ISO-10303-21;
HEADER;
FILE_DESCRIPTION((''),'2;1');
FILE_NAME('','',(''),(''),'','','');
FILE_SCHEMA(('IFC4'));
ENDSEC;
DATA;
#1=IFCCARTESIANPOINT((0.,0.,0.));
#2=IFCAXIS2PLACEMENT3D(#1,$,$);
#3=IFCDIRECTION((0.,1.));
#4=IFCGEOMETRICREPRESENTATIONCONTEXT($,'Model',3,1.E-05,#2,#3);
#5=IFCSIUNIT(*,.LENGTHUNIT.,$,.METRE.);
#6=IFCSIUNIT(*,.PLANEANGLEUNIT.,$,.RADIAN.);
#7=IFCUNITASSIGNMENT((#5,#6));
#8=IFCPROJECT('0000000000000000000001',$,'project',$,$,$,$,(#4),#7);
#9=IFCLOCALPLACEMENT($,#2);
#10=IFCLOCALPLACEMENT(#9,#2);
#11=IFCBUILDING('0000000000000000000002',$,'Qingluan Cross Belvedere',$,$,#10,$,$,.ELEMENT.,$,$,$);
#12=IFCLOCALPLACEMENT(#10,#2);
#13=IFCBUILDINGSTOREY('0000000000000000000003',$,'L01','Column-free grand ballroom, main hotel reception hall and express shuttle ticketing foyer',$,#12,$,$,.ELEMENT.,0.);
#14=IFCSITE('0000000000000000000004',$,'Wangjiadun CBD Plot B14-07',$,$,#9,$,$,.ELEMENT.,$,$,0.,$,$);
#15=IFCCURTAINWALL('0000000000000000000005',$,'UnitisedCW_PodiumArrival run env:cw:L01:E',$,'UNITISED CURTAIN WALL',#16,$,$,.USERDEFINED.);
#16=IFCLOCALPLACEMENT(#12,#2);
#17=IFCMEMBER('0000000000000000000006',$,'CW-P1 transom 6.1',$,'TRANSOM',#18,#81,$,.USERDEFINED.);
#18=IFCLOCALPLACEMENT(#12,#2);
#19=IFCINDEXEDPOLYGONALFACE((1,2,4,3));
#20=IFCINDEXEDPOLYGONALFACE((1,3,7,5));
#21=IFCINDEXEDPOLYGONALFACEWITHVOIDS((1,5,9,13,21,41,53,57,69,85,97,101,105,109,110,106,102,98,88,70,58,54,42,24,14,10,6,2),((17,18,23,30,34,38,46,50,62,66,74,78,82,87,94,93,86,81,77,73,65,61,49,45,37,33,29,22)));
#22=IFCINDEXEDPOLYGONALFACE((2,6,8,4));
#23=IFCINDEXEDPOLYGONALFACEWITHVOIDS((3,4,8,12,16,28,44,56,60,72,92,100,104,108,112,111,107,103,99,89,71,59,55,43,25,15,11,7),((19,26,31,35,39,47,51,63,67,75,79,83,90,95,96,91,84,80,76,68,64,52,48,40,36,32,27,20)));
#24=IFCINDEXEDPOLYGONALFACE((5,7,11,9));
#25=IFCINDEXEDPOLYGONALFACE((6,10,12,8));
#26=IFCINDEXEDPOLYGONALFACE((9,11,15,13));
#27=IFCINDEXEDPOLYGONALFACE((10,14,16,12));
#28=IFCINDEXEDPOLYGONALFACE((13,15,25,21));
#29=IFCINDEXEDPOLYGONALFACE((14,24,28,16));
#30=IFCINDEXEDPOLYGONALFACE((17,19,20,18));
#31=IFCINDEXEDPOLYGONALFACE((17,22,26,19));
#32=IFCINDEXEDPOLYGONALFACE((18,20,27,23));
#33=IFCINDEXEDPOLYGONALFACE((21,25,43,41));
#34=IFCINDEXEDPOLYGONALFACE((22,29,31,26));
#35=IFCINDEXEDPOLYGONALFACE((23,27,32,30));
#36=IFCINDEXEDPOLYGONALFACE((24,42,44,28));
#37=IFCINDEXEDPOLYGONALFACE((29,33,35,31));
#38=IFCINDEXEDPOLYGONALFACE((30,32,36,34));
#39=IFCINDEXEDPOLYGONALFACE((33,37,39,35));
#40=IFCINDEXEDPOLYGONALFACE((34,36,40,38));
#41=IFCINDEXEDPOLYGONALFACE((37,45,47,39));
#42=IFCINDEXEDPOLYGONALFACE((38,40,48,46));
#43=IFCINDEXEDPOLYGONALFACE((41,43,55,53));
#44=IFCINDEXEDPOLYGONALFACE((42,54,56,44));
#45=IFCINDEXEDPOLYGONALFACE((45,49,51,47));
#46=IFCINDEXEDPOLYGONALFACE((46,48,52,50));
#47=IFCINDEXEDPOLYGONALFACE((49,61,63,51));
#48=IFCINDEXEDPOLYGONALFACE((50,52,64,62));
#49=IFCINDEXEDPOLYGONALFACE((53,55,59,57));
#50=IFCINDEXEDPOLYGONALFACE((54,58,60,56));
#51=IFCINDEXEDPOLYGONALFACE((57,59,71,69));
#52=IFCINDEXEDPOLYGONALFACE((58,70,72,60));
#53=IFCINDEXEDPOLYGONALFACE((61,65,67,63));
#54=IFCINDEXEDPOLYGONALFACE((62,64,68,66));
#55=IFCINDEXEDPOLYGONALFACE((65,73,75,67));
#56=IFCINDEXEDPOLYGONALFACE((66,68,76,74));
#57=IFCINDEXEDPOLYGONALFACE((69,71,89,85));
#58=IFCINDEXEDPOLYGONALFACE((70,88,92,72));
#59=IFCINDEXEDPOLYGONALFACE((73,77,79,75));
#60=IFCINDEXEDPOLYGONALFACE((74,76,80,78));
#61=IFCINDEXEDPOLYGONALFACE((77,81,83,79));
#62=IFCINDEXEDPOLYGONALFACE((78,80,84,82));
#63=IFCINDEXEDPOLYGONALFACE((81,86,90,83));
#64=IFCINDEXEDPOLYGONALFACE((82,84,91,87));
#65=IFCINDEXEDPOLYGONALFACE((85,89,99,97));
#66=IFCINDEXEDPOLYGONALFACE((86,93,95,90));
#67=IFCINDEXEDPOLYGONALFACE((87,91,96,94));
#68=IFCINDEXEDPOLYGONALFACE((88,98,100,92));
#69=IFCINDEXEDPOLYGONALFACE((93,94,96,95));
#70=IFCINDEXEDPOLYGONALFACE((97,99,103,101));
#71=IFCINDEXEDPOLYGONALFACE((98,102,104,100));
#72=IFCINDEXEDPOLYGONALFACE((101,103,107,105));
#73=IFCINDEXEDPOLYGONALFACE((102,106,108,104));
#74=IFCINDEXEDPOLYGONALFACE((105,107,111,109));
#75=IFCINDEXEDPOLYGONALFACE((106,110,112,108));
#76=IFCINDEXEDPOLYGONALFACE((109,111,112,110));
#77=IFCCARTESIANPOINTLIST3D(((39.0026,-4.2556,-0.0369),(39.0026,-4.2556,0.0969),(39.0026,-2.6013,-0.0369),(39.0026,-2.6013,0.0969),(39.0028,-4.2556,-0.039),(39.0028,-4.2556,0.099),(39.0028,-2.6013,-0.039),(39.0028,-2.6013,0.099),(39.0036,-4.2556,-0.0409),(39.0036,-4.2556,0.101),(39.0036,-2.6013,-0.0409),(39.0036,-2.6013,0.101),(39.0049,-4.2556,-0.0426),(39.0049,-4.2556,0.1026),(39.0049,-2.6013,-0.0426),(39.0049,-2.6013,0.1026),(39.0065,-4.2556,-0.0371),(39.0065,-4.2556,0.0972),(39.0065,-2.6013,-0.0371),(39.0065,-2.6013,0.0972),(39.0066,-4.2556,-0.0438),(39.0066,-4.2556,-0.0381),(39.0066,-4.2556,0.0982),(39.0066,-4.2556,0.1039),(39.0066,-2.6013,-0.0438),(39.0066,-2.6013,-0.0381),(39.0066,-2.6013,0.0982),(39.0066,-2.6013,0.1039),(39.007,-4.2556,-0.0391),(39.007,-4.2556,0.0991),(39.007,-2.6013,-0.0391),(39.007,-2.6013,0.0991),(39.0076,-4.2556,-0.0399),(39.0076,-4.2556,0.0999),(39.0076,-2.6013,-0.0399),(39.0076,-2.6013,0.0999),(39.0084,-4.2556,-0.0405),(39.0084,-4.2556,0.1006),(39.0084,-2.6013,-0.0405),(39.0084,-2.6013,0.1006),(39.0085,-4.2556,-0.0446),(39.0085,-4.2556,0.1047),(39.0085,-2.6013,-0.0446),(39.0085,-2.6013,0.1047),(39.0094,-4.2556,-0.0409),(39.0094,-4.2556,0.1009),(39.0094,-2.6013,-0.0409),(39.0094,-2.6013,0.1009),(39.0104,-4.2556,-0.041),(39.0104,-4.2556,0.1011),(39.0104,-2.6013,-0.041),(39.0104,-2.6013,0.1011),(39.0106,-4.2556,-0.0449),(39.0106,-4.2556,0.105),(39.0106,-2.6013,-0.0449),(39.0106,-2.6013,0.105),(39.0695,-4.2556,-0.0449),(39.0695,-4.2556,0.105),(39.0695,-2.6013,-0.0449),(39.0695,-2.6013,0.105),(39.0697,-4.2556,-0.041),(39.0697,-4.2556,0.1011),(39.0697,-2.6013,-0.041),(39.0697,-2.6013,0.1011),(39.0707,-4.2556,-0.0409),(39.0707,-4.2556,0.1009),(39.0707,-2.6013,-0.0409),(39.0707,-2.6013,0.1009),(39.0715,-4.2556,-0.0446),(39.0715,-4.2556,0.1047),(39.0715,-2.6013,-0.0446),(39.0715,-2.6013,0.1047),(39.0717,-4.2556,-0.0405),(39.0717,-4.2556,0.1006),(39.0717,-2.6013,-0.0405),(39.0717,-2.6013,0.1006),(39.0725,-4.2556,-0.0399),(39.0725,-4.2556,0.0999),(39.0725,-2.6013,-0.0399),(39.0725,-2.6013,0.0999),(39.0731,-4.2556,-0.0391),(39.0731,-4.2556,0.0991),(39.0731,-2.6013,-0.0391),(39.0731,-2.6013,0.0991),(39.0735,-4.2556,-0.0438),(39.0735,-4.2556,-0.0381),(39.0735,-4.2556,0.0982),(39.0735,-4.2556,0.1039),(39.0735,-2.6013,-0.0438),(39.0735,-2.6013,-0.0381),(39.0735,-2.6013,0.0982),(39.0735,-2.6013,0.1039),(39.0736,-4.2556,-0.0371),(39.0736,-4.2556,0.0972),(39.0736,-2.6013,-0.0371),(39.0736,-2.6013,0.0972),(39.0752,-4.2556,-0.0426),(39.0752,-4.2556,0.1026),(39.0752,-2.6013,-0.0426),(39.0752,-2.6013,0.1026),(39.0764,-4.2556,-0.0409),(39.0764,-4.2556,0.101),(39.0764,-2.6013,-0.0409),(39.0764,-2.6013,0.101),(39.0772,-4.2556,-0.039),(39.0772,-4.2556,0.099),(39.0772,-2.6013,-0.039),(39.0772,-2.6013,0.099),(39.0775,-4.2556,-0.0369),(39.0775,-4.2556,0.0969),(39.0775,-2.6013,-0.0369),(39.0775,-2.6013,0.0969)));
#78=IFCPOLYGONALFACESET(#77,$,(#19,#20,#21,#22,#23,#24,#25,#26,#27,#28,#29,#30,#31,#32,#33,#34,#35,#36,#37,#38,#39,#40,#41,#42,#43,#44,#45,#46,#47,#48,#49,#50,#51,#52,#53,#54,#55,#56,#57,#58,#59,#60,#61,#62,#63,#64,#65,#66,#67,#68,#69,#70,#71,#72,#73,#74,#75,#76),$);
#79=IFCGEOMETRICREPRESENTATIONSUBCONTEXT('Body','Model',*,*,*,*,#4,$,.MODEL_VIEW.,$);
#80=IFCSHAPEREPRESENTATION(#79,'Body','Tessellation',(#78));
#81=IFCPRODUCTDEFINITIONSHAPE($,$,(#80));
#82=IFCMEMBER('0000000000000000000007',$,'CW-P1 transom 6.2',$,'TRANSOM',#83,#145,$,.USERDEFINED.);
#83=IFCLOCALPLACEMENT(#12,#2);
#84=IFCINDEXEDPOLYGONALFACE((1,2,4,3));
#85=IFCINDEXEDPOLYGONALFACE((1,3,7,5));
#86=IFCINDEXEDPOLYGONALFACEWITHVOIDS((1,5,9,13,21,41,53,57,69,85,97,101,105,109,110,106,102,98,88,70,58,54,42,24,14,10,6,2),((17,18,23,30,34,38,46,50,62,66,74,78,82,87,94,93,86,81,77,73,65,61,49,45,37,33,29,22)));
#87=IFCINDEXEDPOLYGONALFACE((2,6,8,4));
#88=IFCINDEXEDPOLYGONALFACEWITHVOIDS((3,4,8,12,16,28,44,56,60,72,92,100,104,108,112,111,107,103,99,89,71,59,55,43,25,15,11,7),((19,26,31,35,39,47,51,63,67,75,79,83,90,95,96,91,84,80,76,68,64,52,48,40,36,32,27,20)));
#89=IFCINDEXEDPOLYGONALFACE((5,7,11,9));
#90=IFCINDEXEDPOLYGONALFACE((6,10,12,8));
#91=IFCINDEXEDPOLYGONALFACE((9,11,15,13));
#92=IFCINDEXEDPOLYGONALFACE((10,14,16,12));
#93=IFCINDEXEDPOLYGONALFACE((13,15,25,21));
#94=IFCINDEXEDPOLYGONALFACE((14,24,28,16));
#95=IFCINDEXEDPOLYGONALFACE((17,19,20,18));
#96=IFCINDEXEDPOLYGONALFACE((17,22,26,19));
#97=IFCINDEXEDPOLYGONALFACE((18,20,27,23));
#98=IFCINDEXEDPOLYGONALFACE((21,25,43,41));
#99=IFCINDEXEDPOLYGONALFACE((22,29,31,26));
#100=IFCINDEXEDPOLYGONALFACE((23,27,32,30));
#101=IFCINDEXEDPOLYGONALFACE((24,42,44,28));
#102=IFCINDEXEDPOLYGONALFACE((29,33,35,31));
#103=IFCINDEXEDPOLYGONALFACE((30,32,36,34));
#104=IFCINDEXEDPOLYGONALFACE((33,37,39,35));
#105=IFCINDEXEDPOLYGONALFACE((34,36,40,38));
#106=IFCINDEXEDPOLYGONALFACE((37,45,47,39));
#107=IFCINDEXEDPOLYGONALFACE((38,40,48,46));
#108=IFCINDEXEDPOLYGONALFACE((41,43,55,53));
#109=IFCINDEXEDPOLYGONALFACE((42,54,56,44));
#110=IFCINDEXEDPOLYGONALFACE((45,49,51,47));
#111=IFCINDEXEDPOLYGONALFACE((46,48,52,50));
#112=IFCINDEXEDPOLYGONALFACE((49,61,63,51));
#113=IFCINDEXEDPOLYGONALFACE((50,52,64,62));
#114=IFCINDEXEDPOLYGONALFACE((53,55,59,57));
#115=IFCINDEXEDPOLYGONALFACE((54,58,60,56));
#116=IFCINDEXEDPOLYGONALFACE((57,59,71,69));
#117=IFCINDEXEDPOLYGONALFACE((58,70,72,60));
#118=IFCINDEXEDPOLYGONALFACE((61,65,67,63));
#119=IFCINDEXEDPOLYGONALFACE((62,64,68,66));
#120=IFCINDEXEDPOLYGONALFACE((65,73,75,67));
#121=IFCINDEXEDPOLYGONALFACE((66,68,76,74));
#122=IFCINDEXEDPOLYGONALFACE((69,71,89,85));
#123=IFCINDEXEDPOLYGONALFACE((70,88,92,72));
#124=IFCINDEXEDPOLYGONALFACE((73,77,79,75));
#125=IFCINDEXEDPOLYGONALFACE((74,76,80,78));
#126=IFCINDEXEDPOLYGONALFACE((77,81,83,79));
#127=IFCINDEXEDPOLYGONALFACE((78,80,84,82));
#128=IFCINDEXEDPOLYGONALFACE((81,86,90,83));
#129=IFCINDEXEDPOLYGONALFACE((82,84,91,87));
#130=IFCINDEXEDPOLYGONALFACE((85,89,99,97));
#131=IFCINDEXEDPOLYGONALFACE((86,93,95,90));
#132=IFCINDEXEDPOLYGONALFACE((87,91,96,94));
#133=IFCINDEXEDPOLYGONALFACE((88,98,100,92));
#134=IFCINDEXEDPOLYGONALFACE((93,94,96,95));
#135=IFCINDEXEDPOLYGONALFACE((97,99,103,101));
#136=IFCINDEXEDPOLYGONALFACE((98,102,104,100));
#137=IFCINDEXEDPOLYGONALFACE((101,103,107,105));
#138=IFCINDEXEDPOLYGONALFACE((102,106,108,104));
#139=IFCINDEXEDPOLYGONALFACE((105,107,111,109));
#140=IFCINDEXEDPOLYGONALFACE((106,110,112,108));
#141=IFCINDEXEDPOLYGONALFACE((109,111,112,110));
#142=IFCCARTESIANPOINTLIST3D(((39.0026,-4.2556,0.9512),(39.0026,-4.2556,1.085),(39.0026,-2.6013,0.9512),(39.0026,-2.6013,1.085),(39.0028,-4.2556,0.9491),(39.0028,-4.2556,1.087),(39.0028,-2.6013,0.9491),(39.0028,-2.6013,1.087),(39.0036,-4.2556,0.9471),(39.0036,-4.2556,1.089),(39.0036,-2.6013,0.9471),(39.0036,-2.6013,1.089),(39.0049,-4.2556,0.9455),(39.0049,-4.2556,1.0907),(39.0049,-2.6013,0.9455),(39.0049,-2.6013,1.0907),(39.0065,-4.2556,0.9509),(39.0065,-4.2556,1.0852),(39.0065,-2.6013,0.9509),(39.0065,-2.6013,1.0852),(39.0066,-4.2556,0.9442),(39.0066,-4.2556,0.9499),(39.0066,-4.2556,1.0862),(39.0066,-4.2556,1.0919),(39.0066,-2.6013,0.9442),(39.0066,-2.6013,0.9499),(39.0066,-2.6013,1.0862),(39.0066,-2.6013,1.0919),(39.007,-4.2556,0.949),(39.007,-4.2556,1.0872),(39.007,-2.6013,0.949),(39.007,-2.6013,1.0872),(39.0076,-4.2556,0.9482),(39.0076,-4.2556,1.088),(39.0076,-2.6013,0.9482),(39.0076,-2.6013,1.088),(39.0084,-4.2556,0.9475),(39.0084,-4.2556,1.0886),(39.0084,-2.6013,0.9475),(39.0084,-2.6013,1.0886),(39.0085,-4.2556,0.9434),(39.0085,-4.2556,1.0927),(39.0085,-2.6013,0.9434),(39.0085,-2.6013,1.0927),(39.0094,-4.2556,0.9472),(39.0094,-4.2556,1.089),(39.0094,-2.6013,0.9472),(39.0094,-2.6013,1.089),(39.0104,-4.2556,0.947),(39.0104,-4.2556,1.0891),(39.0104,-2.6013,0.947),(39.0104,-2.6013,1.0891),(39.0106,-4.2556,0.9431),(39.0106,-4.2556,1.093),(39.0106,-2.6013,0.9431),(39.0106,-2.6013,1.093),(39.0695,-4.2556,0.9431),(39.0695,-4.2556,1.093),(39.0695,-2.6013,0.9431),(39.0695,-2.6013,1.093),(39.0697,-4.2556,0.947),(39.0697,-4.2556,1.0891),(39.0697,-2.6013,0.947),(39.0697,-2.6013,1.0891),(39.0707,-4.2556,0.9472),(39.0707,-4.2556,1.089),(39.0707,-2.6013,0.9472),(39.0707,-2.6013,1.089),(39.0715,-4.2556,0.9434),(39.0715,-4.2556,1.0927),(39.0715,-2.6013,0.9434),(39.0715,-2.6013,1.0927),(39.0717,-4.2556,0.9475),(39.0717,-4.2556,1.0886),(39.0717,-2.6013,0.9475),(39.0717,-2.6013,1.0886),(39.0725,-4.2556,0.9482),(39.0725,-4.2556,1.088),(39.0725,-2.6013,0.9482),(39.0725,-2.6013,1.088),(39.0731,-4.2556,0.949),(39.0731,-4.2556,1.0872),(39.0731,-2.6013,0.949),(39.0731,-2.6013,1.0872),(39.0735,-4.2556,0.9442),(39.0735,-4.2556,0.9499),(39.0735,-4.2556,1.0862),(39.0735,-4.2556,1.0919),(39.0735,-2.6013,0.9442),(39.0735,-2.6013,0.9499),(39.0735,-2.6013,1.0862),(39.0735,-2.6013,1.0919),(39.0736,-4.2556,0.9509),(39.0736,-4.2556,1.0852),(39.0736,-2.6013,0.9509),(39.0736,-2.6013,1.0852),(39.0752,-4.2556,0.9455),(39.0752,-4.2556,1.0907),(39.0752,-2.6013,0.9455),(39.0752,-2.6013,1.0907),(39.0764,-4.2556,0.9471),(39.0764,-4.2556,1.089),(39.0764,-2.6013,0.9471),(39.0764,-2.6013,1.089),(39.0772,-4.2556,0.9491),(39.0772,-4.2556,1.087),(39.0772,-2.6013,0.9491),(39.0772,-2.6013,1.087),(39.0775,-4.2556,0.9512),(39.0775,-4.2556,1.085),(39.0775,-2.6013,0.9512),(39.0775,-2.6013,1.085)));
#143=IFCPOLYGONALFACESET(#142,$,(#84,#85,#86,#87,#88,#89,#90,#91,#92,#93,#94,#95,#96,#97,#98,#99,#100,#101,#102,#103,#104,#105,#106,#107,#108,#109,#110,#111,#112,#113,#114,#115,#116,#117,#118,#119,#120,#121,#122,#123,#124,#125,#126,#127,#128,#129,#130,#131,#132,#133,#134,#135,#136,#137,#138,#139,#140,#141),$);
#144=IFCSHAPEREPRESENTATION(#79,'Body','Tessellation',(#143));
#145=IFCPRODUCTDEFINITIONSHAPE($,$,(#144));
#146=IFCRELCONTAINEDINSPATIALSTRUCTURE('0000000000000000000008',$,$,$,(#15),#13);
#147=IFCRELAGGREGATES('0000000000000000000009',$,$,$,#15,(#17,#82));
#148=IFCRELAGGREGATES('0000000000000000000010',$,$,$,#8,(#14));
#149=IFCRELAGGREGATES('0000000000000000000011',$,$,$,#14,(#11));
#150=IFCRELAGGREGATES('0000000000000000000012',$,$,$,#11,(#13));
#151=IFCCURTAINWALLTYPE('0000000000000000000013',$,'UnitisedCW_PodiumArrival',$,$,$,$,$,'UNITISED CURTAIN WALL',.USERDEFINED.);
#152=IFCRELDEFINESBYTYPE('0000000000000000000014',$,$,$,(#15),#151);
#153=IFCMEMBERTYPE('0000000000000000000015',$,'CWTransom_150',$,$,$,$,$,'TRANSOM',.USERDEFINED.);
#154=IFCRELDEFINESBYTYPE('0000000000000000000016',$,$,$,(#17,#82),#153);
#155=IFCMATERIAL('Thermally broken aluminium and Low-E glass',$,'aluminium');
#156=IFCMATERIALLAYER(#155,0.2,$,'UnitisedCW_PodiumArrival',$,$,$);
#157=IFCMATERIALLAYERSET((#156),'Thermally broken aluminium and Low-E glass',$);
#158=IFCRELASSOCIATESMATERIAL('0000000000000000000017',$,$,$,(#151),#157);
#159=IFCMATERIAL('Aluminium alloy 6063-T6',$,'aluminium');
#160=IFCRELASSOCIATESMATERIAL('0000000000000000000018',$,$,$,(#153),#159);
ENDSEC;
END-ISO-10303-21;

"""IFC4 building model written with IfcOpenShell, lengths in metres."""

from ifc_helpers import new_model, si_unit, direction, frame, origin, origin_2d, place, context, subcontext, project, spatial, hollow_rectangle, extrude, material, layer, layer_set, material_profile, profile_set, type_object, element, aggregate, save


model = new_model("IFC4")

# Units and contexts
model_context = context("Model", 3, precision=1e-05, world=origin(), true_north=direction((0.0, 1.0)))
body_context = subcontext(model_context, "Body", "Model", "MODEL_VIEW")
ifc_project = project(units=[si_unit("LENGTHUNIT", "METRE"), si_unit("PLANEANGLEUNIT", "RADIAN")], contexts=[model_context])

# Site, building, storey
site_placement = place(None, origin())
site = spatial("IfcSite", under=ifc_project, at=site_placement, Name="Wangjiadun CBD Plot B14-07", CompositionType="ELEMENT", RefElevation=0.0)
building_placement = place(site_placement, origin())
building = spatial("IfcBuilding", under=site, at=building_placement, Name="Qingluan Cross Belvedere", CompositionType="ELEMENT")
storey_placement = place(building_placement, origin())
storey = spatial("IfcBuildingStorey", under=building, at=storey_placement, Name="L01", Description="Column-free grand ballroom, main hotel reception hall and express shuttle ticketing foyer", CompositionType="ELEMENT", Elevation=0.0)

# Curtain wall, members
ifc_material_1 = material(Name="Thermally broken aluminium and Low-E glass", Category="aluminium")
ifc_layer_1 = layer(ifc_material_1, 0.2, Name="UnitisedCW_PodiumArrival")
ifc_layer_set_1 = layer_set([ifc_layer_1], Name="Thermally broken aluminium and Low-E glass")
curtain_wall_type = type_object("IfcCurtainWallType", Name="UnitisedCW_PodiumArrival", ElementType="UNITISED CURTAIN WALL", PredefinedType="USERDEFINED", material=ifc_layer_set_1)
curtain_wall_placement = place(storey_placement, origin())
curtain_wall = element("IfcCurtainWall", 1, at=curtain_wall_placement, inside=storey, type_object=curtain_wall_type, Name="UnitisedCW_PodiumArrival run env:cw:L01:E", ObjectType="UNITISED CURTAIN WALL", PredefinedType="USERDEFINED")
ifc_material_2 = material(Name="Aluminium alloy 6063-T6", Category="aluminium")
ifc_material_profile_1 = material_profile(ifc_material_2, hollow_rectangle(XDim=0.075, YDim=0.1499, WallThickness=0.0039, InnerFilletRadius=0.0039, OuterFilletRadius=0.0081, at=origin_2d()), Name="CWT150x75x4")
ifc_profile_set_1 = profile_set([ifc_material_profile_1], Name="Aluminium alloy 6063-T6")
member_type_1 = type_object("IfcMemberType", Name="CWTransom_150", ElementType="TRANSOM", PredefinedType="USERDEFINED", material=ifc_profile_set_1)
member_1_placement = place(storey_placement, frame((39.04, -2.6013, 0.03), z_axis=(0.0, -1.0, 0.0), x_axis=(1.0, 0.0, 0.0)))
member_1 = element("IfcMember", 2, at=member_1_placement, type_object=member_type_1, Name="CW-P1 transom 6.1", ObjectType="TRANSOM", PredefinedType="USERDEFINED", context=body_context, shape_type="SweptSolid", body=[
    extrude(hollow_rectangle(XDim=0.075, YDim=0.1499, WallThickness=0.0039, InnerFilletRadius=0.0039, OuterFilletRadius=0.0081, at=origin_2d()), origin(), (0.0, 0.0, 1.0), 1.6543),
])
member_2_placement = place(storey_placement, frame((39.04, -2.6013, 1.0181), z_axis=(0.0, -1.0, 0.0), x_axis=(1.0, 0.0, 0.0)))
member_2 = element("IfcMember", 3, at=member_2_placement, type_object=member_type_1, Name="CW-P1 transom 6.2", ObjectType="TRANSOM", PredefinedType="USERDEFINED", context=body_context, shape_type="SweptSolid", body=[
    extrude(hollow_rectangle(XDim=0.075, YDim=0.1499, WallThickness=0.0039, InnerFilletRadius=0.0039, OuterFilletRadius=0.0081, at=origin_2d()), origin(), (0.0, 0.0, 1.0), 1.6543),
])
aggregate(curtain_wall, [member_1, member_2])

save(model, "model.ifc")
